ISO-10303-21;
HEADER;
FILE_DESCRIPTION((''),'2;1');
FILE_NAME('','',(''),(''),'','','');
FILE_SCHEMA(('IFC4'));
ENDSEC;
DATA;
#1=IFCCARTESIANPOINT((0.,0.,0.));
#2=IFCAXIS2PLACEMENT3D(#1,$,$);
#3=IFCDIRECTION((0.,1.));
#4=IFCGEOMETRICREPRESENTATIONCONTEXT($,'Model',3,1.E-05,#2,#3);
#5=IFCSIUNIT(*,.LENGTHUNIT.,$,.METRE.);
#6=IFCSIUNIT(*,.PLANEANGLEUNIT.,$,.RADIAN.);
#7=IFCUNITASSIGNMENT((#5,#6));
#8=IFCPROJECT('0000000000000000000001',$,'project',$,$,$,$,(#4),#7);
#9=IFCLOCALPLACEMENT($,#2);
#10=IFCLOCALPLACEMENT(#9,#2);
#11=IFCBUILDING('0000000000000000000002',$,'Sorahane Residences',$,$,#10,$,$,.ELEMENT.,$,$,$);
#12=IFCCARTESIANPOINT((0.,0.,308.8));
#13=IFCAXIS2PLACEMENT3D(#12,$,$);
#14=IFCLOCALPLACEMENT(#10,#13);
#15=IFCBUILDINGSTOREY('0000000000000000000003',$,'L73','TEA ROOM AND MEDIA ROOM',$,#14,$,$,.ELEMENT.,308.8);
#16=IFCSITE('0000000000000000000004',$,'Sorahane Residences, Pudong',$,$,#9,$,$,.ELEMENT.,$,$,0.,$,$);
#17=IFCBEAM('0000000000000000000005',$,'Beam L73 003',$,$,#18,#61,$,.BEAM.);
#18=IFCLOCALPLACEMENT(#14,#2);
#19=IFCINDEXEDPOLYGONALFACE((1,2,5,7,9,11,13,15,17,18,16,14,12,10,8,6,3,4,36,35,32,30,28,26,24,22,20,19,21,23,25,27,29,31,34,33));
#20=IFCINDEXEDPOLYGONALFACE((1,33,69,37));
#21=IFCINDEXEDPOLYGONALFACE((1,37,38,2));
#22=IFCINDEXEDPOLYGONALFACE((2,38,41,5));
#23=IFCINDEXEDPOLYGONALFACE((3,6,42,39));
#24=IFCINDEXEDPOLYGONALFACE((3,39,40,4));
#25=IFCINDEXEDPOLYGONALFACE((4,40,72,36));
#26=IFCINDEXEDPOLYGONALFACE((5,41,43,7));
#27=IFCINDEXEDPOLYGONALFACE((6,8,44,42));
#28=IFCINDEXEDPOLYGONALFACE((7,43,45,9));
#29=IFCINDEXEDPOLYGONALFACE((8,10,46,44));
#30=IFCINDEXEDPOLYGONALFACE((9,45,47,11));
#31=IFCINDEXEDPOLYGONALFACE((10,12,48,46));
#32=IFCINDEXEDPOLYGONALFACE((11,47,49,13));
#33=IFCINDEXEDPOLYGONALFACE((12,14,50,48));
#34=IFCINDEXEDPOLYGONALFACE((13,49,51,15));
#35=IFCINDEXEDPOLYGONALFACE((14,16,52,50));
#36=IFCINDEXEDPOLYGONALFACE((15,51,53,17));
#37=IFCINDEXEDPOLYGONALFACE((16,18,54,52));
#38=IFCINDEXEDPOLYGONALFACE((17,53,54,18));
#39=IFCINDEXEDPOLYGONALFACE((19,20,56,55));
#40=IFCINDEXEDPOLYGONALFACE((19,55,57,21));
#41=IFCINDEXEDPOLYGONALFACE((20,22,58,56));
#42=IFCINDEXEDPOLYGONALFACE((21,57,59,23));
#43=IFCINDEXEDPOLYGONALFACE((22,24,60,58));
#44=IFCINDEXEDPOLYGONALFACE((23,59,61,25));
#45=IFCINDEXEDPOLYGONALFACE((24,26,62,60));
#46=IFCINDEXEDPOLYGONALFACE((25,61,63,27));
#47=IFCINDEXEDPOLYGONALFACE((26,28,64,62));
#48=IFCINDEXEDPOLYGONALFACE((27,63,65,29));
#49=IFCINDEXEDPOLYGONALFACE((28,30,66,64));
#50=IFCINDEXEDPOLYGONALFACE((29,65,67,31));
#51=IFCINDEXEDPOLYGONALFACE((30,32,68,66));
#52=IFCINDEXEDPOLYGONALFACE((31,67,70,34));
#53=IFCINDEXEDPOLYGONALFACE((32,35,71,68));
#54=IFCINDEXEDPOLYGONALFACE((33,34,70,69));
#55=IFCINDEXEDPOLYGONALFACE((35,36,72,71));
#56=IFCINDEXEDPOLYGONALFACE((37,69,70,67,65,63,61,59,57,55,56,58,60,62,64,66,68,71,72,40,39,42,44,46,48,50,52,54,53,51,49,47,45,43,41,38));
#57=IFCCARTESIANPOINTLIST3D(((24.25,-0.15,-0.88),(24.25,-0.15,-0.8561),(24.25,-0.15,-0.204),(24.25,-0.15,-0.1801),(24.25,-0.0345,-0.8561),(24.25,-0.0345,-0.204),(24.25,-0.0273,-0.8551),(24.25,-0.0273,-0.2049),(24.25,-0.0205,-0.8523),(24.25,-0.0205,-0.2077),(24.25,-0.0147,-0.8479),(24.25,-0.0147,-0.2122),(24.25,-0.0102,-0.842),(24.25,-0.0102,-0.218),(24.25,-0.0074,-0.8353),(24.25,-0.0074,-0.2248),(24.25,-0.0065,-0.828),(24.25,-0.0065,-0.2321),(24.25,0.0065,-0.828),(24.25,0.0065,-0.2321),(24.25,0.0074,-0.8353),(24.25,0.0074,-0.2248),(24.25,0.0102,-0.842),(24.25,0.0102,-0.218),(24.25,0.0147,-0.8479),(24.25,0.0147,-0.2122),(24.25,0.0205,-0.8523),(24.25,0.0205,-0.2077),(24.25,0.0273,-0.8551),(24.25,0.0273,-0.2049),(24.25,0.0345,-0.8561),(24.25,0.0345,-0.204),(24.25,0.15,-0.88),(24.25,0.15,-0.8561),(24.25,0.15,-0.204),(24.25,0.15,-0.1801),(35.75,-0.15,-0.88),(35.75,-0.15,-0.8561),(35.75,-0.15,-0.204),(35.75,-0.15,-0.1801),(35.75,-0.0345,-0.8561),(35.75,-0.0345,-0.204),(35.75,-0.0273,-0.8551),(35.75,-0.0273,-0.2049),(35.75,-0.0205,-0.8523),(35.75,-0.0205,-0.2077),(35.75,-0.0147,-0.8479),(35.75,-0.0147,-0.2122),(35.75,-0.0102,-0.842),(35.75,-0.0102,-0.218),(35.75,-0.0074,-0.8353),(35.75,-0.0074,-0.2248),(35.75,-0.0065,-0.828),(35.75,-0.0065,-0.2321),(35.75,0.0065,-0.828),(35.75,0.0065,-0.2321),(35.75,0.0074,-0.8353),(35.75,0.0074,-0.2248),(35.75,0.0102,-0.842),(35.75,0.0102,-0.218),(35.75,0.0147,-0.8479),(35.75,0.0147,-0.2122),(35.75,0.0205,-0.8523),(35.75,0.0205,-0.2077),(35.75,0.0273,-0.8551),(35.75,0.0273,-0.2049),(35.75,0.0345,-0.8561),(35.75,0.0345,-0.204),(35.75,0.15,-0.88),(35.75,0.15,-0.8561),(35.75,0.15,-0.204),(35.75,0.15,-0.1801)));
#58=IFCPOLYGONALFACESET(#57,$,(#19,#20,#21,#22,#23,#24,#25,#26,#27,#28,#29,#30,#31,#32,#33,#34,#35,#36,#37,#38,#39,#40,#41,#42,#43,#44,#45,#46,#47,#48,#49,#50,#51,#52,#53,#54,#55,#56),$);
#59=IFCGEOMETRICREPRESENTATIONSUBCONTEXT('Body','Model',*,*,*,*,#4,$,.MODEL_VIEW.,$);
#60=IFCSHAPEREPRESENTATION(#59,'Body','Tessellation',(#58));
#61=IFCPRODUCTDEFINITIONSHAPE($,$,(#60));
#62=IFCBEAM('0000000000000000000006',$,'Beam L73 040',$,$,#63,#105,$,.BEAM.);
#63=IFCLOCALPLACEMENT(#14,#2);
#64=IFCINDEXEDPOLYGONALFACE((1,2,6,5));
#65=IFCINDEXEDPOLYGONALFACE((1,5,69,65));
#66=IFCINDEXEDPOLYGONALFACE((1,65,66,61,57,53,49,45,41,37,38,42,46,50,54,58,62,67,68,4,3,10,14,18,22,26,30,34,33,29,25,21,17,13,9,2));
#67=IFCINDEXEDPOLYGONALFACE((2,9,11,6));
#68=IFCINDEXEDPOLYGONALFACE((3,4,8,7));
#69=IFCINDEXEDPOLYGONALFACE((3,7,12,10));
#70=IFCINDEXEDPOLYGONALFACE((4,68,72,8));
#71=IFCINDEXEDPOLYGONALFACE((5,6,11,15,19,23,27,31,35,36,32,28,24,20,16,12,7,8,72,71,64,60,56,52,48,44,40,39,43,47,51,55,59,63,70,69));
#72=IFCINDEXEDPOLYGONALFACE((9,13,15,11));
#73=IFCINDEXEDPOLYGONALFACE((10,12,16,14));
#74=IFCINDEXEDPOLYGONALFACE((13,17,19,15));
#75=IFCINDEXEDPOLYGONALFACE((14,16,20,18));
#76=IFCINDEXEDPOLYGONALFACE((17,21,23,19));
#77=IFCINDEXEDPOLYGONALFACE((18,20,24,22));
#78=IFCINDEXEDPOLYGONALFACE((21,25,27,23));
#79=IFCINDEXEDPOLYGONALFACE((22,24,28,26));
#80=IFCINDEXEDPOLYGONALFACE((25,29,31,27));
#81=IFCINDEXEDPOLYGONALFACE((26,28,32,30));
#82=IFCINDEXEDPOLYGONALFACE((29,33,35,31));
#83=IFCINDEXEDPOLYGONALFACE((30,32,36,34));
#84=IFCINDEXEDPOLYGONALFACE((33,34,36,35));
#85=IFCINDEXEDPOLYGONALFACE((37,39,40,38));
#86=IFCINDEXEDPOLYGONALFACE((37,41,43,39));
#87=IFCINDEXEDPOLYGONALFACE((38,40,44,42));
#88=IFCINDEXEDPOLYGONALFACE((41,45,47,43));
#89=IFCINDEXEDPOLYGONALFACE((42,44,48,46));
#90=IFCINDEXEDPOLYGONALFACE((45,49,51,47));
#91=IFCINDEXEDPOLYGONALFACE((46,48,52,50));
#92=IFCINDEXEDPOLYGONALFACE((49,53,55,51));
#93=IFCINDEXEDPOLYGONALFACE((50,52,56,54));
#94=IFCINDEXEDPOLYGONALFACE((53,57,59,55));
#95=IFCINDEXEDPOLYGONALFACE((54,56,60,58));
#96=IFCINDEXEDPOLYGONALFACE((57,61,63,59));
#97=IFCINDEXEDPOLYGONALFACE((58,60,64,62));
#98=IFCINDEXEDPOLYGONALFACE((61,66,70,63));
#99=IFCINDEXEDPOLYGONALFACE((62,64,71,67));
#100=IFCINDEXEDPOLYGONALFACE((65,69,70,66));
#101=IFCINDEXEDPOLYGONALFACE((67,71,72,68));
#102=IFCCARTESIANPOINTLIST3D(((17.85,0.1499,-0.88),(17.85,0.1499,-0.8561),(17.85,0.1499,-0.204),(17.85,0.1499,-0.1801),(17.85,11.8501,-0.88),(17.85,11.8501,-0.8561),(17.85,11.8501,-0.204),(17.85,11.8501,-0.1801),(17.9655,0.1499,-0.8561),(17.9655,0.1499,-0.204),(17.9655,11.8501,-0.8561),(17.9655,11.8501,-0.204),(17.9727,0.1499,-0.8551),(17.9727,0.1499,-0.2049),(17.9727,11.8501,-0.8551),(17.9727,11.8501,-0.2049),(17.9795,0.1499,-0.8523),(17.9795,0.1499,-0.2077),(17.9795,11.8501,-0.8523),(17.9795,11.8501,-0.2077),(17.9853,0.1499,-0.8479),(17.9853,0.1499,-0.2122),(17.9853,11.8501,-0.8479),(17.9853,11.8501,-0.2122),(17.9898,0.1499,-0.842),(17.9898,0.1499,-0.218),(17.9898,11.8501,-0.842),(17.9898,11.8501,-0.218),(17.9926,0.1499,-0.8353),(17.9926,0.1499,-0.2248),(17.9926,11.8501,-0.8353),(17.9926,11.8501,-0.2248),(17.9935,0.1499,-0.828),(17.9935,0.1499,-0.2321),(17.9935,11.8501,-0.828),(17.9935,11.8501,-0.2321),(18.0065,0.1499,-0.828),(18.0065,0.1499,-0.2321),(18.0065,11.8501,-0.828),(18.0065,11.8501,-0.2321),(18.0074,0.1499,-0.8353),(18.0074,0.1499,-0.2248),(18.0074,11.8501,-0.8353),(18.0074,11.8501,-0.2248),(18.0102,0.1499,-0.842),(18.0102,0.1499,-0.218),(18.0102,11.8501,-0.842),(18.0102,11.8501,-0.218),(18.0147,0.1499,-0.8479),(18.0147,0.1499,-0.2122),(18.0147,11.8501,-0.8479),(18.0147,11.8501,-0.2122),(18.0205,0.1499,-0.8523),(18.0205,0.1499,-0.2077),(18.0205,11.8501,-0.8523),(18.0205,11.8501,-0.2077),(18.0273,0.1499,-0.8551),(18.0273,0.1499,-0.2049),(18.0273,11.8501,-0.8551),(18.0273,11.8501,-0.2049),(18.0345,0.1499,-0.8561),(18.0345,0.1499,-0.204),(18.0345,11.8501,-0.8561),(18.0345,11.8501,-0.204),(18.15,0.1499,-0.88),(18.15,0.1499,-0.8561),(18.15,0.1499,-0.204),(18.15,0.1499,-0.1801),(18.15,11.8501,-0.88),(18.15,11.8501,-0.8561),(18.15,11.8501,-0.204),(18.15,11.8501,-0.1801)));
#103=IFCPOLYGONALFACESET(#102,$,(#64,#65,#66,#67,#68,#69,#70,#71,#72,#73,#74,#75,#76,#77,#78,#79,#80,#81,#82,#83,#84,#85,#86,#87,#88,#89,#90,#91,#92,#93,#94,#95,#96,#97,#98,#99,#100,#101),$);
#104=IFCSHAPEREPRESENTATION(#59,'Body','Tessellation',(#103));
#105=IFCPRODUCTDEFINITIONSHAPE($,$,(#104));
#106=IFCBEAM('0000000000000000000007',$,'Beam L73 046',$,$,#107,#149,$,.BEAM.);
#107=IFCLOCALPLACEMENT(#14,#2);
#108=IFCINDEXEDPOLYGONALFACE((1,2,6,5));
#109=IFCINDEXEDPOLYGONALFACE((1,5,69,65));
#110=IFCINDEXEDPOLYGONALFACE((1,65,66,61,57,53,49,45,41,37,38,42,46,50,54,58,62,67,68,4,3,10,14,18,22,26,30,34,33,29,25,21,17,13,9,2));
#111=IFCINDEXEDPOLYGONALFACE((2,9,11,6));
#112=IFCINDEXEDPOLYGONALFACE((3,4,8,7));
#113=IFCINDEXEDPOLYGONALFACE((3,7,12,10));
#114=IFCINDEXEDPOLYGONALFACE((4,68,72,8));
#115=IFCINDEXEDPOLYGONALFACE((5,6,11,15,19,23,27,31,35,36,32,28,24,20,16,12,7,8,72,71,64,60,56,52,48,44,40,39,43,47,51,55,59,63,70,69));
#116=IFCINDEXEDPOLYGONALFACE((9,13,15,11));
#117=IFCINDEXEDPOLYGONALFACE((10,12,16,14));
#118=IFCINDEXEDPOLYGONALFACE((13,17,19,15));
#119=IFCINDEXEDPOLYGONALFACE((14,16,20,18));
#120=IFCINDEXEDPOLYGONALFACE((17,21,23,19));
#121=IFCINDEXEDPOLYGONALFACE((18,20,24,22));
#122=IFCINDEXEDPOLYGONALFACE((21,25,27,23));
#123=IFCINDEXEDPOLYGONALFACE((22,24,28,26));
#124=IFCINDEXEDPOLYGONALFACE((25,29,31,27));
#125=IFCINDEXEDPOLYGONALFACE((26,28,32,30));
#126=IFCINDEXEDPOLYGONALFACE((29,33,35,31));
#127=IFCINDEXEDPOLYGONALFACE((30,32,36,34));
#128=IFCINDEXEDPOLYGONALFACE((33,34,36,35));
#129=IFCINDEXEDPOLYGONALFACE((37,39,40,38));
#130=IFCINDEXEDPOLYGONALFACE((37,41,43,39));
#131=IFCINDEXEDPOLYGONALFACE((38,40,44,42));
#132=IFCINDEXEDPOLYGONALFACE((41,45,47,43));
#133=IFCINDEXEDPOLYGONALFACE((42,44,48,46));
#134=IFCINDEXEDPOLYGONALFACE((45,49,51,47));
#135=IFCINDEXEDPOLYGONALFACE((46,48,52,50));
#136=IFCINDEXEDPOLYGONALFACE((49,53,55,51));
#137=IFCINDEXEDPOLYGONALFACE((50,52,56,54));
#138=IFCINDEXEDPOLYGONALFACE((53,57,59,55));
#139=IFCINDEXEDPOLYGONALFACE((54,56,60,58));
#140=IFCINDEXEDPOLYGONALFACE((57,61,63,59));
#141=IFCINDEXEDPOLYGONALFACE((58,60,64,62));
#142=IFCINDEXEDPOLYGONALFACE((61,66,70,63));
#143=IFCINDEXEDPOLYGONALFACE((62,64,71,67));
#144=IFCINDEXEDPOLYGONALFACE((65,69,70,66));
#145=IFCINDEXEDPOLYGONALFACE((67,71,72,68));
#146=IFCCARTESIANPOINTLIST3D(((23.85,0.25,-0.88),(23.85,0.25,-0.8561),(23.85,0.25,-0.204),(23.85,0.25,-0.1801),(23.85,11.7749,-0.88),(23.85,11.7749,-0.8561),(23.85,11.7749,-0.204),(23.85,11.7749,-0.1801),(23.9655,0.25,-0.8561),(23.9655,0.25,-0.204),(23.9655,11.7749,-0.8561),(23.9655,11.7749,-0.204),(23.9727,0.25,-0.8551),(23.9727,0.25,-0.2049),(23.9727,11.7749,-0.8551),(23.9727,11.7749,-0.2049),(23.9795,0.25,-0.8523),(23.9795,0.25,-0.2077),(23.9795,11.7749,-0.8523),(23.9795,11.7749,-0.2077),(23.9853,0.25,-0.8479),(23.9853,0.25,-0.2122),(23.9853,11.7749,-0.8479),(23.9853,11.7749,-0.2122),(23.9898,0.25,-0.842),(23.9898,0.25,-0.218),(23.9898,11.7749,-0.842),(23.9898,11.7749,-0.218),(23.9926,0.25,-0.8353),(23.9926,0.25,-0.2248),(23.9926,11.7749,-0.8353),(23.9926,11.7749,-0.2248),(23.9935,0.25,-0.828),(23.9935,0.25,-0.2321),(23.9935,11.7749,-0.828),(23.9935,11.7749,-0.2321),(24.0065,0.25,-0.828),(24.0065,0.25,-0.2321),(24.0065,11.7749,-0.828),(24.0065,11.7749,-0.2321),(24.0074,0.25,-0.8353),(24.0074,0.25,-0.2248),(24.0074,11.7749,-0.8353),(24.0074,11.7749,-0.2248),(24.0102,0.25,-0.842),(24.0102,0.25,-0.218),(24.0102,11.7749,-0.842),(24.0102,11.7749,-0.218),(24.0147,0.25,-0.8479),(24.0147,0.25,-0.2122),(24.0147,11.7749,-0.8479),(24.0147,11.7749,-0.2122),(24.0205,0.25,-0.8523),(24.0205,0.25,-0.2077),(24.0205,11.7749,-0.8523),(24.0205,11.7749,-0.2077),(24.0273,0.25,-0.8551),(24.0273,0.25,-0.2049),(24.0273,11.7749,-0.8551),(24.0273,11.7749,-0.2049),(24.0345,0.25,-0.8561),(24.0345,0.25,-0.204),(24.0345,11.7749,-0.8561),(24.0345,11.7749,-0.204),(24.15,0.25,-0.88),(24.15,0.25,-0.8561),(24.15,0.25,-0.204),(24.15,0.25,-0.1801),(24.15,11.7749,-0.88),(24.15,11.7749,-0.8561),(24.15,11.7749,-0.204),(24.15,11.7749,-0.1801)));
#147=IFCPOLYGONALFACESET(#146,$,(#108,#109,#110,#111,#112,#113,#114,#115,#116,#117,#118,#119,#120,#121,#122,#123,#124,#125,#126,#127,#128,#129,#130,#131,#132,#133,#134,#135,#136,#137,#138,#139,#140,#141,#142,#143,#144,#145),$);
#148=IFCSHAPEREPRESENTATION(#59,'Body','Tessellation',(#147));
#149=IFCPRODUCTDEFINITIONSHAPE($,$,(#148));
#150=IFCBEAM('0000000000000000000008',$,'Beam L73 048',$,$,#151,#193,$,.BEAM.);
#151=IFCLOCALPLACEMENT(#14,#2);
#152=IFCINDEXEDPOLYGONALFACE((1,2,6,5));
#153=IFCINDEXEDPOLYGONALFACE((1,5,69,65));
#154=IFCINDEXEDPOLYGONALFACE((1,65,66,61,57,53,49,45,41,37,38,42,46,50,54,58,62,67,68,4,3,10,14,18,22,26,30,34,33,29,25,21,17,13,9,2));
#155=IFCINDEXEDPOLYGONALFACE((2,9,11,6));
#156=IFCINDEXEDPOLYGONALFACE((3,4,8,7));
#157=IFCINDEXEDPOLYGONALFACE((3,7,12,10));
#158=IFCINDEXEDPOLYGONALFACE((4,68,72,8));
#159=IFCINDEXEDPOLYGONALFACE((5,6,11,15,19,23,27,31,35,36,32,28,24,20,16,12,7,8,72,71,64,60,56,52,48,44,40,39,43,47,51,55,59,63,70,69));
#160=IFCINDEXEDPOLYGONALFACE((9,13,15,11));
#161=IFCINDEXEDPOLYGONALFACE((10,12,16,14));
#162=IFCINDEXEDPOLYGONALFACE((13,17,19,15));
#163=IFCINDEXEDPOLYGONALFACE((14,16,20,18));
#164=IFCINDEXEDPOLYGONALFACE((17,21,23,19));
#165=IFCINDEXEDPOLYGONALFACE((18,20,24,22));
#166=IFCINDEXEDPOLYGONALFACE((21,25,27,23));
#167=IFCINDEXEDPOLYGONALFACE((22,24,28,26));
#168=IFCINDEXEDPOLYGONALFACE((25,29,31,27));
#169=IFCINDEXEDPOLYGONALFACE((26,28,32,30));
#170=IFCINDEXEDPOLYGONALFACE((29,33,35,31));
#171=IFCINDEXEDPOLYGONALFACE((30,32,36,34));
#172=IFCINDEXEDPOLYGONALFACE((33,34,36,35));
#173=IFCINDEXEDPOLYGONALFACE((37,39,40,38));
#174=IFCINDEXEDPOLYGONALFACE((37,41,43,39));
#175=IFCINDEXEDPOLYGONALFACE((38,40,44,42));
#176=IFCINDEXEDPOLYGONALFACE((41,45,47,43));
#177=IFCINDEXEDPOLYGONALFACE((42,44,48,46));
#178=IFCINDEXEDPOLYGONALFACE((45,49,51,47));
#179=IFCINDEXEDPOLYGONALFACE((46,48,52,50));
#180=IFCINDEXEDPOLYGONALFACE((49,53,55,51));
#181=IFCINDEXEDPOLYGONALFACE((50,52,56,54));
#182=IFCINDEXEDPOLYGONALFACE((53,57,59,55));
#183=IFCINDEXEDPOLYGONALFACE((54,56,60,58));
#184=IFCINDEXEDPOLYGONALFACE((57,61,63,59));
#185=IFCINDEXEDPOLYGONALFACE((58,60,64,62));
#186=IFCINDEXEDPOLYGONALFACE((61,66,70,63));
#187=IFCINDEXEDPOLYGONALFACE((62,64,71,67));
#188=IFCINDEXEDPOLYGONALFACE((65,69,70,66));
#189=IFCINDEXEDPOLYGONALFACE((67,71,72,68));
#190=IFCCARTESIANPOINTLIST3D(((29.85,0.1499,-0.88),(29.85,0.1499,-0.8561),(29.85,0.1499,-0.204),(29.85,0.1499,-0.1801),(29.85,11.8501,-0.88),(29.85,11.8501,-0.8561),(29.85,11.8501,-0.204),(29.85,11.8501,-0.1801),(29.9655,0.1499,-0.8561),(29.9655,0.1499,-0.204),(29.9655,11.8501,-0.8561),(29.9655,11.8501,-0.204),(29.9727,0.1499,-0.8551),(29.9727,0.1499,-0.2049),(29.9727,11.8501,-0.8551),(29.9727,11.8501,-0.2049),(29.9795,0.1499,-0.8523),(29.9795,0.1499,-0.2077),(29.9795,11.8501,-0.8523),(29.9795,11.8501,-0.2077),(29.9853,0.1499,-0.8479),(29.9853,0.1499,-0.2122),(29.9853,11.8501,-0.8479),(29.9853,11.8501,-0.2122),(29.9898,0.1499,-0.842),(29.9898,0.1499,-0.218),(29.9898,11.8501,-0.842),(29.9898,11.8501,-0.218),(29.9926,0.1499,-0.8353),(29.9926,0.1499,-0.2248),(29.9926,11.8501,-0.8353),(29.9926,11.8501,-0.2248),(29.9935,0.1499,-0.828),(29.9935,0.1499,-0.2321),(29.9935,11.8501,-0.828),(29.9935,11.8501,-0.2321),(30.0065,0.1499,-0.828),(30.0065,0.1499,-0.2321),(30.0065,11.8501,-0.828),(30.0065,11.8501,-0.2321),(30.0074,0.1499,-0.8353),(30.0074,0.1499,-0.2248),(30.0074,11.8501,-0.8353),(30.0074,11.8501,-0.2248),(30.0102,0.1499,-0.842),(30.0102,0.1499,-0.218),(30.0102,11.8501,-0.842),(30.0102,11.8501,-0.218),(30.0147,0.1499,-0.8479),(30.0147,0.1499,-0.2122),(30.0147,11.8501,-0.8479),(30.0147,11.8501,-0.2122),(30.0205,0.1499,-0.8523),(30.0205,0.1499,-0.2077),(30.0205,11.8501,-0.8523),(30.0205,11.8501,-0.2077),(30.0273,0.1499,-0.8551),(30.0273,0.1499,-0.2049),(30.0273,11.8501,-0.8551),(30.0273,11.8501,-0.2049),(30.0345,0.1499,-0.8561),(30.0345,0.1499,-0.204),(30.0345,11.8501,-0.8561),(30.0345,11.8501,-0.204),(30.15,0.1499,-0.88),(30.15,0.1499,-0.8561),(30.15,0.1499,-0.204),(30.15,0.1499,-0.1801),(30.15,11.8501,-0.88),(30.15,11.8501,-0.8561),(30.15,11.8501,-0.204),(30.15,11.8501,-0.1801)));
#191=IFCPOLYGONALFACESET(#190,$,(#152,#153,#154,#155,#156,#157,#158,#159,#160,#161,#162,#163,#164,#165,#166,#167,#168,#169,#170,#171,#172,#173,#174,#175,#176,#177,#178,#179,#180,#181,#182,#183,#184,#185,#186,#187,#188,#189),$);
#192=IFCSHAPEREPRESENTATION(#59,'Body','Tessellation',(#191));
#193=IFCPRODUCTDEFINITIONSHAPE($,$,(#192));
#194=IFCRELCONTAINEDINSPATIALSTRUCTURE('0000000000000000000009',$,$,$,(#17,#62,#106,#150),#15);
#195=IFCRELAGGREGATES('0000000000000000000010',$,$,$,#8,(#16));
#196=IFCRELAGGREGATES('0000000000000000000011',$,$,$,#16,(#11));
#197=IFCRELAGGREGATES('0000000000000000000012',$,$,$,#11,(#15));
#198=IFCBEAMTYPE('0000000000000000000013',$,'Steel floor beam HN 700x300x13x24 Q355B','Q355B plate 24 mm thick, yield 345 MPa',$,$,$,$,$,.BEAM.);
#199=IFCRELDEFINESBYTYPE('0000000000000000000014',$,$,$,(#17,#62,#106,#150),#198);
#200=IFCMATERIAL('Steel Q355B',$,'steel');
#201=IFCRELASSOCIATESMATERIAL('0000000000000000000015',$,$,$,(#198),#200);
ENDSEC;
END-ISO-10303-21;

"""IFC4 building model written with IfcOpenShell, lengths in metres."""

from ifc_helpers import new_model, si_unit, direction, frame, origin, origin_2d, place, context, subcontext, project, spatial, i_section, extrude, material, material_profile, profile_set, type_object, element, save


model = new_model("IFC4")

# Units and contexts
model_context = context("Model", 3, precision=1e-05, world=origin(), true_north=direction((0.0, 1.0)))
body_context = subcontext(model_context, "Body", "Model", "MODEL_VIEW")
ifc_project = project(units=[si_unit("LENGTHUNIT", "METRE"), si_unit("PLANEANGLEUNIT", "RADIAN")], contexts=[model_context])

# Site, building, storey
site_placement = place(None, origin())
site = spatial("IfcSite", under=ifc_project, at=site_placement, Name="Sorahane Residences, Pudong", CompositionType="ELEMENT", RefElevation=0.0)
building_placement = place(site_placement, origin())
building = spatial("IfcBuilding", under=site, at=building_placement, Name="Sorahane Residences", CompositionType="ELEMENT")
storey_placement = place(building_placement, frame((0.0, 0.0, 308.8)))
storey = spatial("IfcBuildingStorey", under=building, at=storey_placement, Name="L73", Description="TEA ROOM AND MEDIA ROOM", CompositionType="ELEMENT", Elevation=308.8)

# Beams
ifc_material_1 = material(Name="Steel Q355B", Category="steel")
ifc_material_profile_1 = material_profile(ifc_material_1, i_section(OverallWidth=0.3, OverallDepth=0.7, WebThickness=0.0129, FlangeThickness=0.0239, FilletRadius=0.0281, at=origin_2d()), Name="HN 700x300x13x24")
ifc_profile_set_1 = profile_set([ifc_material_profile_1], Name="Steel Q355B")
beam_type_1 = type_object("IfcBeamType", Name="Steel floor beam HN 700x300x13x24 Q355B", Description="Q355B plate 24 mm thick, yield 345 MPa", PredefinedType="BEAM", material=ifc_profile_set_1)
beam_1_placement = place(storey_placement, frame((24.25, 0.0, -0.53), z_axis=(1.0, 0.0, 0.0), x_axis=(0.0, 1.0, 0.0)))
element("IfcBeam", 1, at=beam_1_placement, inside=storey, type_object=beam_type_1, Name="Beam L73 003", PredefinedType="BEAM", context=body_context, shape_type="SweptSolid", body=[
    extrude(i_section(OverallWidth=0.3, OverallDepth=0.7, WebThickness=0.0129, FlangeThickness=0.0239, FilletRadius=0.0281, at=origin_2d()), origin(), (0.0, 0.0, 1.0), 11.5),
])
beam_2_placement = place(storey_placement, frame((18.0, 0.1499, -0.53), z_axis=(0.0, 1.0, 0.0), x_axis=(-1.0, 0.0, 0.0)))
element("IfcBeam", 2, at=beam_2_placement, inside=storey, type_object=beam_type_1, Name="Beam L73 040", PredefinedType="BEAM", context=body_context, shape_type="SweptSolid", body=[
    extrude(i_section(OverallWidth=0.3, OverallDepth=0.7, WebThickness=0.0129, FlangeThickness=0.0239, FilletRadius=0.0281, at=origin_2d()), origin(), (0.0, 0.0, 1.0), 11.7002),
])
beam_3_placement = place(storey_placement, frame((24.0, 0.25, -0.53), z_axis=(0.0, 1.0, 0.0), x_axis=(-1.0, 0.0, 0.0)))
element("IfcBeam", 3, at=beam_3_placement, inside=storey, type_object=beam_type_1, Name="Beam L73 046", PredefinedType="BEAM", context=body_context, shape_type="SweptSolid", body=[
    extrude(i_section(OverallWidth=0.3, OverallDepth=0.7, WebThickness=0.0129, FlangeThickness=0.0239, FilletRadius=0.0281, at=origin_2d()), origin(), (0.0, 0.0, 1.0), 11.5249),
])
beam_4_placement = place(storey_placement, frame((30.0, 0.1499, -0.53), z_axis=(0.0, 1.0, 0.0), x_axis=(-1.0, 0.0, 0.0)))
element("IfcBeam", 4, at=beam_4_placement, inside=storey, type_object=beam_type_1, Name="Beam L73 048", PredefinedType="BEAM", context=body_context, shape_type="SweptSolid", body=[
    extrude(i_section(OverallWidth=0.3, OverallDepth=0.7, WebThickness=0.0129, FlangeThickness=0.0239, FilletRadius=0.0281, at=origin_2d()), origin(), (0.0, 0.0, 1.0), 11.7002),
])

save(model, "model.ifc")
